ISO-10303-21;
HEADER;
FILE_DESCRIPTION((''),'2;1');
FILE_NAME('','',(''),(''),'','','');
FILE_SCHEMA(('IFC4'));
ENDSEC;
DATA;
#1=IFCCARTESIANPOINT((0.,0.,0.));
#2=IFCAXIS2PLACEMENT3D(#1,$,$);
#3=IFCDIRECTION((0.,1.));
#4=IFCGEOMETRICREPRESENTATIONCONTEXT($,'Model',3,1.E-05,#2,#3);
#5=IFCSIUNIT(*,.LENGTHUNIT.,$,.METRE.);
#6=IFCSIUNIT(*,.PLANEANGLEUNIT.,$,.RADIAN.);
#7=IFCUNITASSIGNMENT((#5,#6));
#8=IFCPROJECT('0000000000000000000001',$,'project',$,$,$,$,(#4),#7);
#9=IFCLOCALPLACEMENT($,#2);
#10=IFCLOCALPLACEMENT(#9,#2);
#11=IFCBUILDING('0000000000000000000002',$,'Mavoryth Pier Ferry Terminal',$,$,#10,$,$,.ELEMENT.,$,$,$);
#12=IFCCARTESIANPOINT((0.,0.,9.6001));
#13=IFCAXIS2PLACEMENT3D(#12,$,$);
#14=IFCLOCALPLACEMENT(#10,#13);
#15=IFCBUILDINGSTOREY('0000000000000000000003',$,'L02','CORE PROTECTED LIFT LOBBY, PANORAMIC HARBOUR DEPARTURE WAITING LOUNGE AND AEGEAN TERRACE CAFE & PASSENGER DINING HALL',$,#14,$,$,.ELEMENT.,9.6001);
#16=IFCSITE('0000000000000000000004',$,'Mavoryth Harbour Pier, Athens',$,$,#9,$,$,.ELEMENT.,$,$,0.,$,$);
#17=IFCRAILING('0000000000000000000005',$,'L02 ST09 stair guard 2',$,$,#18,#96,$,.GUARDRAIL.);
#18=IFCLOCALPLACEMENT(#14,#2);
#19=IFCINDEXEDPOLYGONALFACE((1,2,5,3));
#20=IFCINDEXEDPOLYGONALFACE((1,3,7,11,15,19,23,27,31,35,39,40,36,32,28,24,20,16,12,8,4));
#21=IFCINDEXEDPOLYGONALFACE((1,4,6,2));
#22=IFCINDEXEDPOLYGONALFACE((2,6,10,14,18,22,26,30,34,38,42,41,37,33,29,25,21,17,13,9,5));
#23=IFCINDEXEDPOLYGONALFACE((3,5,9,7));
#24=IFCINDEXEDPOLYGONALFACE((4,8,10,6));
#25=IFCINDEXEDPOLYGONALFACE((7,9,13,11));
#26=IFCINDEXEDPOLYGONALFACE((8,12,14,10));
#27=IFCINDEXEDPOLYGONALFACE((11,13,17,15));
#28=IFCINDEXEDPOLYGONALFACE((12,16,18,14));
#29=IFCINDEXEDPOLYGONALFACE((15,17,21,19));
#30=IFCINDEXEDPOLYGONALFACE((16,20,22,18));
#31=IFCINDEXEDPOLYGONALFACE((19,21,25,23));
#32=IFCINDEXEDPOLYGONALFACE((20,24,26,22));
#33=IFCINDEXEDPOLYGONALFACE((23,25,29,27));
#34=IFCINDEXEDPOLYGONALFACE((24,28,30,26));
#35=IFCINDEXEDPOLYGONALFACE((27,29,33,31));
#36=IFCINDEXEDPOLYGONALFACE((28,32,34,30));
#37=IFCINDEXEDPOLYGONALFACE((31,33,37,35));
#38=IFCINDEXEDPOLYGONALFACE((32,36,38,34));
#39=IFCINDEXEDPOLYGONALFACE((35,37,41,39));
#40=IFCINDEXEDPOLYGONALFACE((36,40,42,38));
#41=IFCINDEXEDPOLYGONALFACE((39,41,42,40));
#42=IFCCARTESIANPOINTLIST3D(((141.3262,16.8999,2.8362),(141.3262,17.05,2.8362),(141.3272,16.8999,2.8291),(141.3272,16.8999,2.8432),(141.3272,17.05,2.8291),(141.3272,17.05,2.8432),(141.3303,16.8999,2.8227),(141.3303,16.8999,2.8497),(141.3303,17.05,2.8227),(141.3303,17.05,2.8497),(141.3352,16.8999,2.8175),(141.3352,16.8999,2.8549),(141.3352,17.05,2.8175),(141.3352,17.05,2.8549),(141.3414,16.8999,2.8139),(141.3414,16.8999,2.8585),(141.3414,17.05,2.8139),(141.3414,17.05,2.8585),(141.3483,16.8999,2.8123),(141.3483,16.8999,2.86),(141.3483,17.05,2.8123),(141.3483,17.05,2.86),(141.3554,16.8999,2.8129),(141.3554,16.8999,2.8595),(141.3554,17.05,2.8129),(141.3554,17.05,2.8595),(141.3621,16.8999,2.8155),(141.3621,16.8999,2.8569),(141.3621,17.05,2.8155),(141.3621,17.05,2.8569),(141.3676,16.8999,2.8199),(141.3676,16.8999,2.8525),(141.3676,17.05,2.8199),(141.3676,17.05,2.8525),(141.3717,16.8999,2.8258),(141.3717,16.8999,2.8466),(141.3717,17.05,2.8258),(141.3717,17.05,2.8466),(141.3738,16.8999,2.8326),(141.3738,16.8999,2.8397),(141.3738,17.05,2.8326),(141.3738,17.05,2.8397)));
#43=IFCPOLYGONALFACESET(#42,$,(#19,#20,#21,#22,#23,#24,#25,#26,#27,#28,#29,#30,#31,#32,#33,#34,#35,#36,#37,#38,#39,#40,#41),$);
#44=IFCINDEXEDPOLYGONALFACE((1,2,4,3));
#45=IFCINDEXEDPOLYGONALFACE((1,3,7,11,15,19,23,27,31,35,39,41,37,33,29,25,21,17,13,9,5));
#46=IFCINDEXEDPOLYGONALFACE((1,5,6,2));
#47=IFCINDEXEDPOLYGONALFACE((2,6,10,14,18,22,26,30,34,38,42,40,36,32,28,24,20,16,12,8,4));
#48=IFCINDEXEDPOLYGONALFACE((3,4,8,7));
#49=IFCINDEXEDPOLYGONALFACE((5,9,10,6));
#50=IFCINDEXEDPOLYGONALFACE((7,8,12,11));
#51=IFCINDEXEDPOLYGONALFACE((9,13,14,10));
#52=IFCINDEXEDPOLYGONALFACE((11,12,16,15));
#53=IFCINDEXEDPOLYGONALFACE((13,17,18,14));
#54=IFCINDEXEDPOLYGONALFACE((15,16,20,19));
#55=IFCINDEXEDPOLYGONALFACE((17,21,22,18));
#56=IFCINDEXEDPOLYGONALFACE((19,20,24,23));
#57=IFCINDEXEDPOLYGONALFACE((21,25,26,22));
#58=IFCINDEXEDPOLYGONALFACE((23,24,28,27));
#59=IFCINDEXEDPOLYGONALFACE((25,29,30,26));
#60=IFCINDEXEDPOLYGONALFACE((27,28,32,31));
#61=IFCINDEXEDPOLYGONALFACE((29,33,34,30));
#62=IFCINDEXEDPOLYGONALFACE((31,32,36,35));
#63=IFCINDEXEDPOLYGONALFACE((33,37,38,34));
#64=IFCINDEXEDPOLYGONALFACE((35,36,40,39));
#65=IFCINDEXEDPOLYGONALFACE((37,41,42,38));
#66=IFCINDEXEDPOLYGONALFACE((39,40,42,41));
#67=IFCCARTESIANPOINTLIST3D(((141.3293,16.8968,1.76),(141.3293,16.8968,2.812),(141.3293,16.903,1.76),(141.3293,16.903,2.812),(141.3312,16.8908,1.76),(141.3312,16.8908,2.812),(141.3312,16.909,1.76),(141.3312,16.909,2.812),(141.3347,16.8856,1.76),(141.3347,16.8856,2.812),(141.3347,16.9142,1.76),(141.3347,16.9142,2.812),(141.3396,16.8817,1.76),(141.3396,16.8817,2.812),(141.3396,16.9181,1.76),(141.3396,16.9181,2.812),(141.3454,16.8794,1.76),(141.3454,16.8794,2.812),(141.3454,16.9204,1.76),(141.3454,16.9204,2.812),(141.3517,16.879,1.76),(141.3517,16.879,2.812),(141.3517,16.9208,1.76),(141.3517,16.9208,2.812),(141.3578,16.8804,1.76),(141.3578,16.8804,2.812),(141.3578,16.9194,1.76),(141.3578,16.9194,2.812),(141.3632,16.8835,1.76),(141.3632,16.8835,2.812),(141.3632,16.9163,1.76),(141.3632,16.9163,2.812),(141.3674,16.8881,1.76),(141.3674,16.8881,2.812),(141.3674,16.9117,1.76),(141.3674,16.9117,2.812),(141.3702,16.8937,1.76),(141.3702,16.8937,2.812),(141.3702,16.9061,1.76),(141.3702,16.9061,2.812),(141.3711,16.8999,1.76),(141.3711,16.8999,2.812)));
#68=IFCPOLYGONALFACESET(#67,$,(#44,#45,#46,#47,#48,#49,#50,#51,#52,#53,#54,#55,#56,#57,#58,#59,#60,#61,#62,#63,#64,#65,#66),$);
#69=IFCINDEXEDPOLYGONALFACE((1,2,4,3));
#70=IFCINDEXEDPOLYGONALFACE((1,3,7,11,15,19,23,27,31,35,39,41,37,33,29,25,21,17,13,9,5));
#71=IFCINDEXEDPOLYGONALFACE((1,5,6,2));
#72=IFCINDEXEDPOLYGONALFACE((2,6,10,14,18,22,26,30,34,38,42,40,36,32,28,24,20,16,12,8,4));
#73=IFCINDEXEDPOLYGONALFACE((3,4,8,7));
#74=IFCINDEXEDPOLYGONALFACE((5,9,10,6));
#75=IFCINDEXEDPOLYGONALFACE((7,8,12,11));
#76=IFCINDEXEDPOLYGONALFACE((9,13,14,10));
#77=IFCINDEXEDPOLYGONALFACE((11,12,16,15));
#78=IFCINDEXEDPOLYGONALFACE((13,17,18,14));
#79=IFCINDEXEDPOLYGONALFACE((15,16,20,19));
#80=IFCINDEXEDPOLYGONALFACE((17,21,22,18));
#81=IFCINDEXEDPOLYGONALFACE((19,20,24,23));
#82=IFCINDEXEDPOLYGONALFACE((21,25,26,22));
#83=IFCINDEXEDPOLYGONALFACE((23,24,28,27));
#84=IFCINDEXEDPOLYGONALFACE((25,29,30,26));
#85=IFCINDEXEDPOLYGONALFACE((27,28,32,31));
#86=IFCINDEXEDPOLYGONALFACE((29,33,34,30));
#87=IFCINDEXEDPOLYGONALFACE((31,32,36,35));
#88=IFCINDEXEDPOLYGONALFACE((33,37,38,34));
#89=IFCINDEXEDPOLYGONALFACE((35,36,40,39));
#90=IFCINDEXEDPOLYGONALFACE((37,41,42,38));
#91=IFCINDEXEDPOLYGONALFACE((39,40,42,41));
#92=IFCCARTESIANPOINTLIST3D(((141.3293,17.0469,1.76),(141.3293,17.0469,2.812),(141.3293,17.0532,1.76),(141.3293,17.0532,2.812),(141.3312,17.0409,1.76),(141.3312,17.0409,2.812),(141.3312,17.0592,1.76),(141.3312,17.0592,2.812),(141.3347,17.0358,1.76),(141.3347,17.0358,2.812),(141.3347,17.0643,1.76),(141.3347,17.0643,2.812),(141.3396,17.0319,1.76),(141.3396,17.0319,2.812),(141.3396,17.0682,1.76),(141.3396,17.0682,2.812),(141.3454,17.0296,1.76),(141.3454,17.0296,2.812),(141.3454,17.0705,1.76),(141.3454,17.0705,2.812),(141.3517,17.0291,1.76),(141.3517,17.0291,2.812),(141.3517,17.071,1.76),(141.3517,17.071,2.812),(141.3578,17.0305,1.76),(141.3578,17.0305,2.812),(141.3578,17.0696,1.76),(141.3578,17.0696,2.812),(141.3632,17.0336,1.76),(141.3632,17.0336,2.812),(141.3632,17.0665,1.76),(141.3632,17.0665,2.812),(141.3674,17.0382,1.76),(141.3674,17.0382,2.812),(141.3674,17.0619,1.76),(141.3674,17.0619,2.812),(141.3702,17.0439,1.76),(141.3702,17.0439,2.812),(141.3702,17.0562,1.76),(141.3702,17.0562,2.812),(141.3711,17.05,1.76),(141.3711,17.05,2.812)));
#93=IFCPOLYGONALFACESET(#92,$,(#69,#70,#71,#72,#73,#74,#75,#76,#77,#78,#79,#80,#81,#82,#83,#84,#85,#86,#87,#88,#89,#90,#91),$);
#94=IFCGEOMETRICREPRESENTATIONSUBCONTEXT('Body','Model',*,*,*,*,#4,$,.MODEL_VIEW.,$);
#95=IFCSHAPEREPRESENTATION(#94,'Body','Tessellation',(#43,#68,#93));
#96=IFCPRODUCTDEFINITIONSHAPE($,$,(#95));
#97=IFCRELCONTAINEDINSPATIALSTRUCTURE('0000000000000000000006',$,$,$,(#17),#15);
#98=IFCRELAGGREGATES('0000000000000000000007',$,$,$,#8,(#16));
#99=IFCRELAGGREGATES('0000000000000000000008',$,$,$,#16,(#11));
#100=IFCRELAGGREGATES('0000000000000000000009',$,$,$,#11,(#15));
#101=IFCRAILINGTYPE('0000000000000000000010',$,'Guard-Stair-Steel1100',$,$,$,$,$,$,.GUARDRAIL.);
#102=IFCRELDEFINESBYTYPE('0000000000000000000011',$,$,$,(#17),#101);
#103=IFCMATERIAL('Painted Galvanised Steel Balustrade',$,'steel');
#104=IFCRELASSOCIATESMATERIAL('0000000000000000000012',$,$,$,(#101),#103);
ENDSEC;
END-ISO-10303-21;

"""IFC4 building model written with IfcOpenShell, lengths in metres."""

from ifc_helpers import new_model, si_unit, direction, frame, origin, origin_2d, place, context, subcontext, project, spatial, circle, extrude, material, type_object, element, save


model = new_model("IFC4")

# Units and contexts
model_context = context("Model", 3, precision=1e-05, world=origin(), true_north=direction((0.0, 1.0)))
body_context = subcontext(model_context, "Body", "Model", "MODEL_VIEW")
ifc_project = project(units=[si_unit("LENGTHUNIT", "METRE"), si_unit("PLANEANGLEUNIT", "RADIAN")], contexts=[model_context])

# Site, building, storey
site_placement = place(None, origin())
site = spatial("IfcSite", under=ifc_project, at=site_placement, Name="Mavoryth Harbour Pier, Athens", CompositionType="ELEMENT", RefElevation=0.0)
building_placement = place(site_placement, origin())
building = spatial("IfcBuilding", under=site, at=building_placement, Name="Mavoryth Pier Ferry Terminal", CompositionType="ELEMENT")
storey_placement = place(building_placement, frame((0.0, 0.0, 9.6001)))
storey = spatial("IfcBuildingStorey", under=building, at=storey_placement, Name="L02", Description="CORE PROTECTED LIFT LOBBY, PANORAMIC HARBOUR DEPARTURE WAITING LOUNGE AND AEGEAN TERRACE CAFE & PASSENGER DINING HALL", CompositionType="ELEMENT", Elevation=9.6001)

# Railing
ifc_material_1 = material(Name="Painted Galvanised Steel Balustrade", Category="steel")
railing_type_1 = type_object("IfcRailingType", Name="Guard-Stair-Steel1100", PredefinedType="GUARDRAIL", material=ifc_material_1)
railing_1_placement = place(storey_placement, frame((141.3501, 16.8999, 1.76)))
element("IfcRailing", 1, at=railing_1_placement, inside=storey, type_object=railing_type_1, Name="L02 ST09 stair guard 2", PredefinedType="GUARDRAIL", context=body_context, shape_type="SweptSolid", body=[
    extrude(circle(Radius=0.0239, at=origin_2d()), frame((0.0, 0.0, 1.0762), z_axis=(0.0, 1.0, 0.0), x_axis=(-1.0, 0.0, 0.0)), (0.0, 0.0, 1.0), 0.1501),
    extrude(circle(Radius=0.021, at=origin_2d()), origin(), (0.0, 0.0, 1.0), 1.052),
    extrude(circle(Radius=0.021, at=origin_2d()), frame((0.0, 0.1501, 0.0)), (0.0, 0.0, 1.0), 1.052),
])

save(model, "model.ifc")
